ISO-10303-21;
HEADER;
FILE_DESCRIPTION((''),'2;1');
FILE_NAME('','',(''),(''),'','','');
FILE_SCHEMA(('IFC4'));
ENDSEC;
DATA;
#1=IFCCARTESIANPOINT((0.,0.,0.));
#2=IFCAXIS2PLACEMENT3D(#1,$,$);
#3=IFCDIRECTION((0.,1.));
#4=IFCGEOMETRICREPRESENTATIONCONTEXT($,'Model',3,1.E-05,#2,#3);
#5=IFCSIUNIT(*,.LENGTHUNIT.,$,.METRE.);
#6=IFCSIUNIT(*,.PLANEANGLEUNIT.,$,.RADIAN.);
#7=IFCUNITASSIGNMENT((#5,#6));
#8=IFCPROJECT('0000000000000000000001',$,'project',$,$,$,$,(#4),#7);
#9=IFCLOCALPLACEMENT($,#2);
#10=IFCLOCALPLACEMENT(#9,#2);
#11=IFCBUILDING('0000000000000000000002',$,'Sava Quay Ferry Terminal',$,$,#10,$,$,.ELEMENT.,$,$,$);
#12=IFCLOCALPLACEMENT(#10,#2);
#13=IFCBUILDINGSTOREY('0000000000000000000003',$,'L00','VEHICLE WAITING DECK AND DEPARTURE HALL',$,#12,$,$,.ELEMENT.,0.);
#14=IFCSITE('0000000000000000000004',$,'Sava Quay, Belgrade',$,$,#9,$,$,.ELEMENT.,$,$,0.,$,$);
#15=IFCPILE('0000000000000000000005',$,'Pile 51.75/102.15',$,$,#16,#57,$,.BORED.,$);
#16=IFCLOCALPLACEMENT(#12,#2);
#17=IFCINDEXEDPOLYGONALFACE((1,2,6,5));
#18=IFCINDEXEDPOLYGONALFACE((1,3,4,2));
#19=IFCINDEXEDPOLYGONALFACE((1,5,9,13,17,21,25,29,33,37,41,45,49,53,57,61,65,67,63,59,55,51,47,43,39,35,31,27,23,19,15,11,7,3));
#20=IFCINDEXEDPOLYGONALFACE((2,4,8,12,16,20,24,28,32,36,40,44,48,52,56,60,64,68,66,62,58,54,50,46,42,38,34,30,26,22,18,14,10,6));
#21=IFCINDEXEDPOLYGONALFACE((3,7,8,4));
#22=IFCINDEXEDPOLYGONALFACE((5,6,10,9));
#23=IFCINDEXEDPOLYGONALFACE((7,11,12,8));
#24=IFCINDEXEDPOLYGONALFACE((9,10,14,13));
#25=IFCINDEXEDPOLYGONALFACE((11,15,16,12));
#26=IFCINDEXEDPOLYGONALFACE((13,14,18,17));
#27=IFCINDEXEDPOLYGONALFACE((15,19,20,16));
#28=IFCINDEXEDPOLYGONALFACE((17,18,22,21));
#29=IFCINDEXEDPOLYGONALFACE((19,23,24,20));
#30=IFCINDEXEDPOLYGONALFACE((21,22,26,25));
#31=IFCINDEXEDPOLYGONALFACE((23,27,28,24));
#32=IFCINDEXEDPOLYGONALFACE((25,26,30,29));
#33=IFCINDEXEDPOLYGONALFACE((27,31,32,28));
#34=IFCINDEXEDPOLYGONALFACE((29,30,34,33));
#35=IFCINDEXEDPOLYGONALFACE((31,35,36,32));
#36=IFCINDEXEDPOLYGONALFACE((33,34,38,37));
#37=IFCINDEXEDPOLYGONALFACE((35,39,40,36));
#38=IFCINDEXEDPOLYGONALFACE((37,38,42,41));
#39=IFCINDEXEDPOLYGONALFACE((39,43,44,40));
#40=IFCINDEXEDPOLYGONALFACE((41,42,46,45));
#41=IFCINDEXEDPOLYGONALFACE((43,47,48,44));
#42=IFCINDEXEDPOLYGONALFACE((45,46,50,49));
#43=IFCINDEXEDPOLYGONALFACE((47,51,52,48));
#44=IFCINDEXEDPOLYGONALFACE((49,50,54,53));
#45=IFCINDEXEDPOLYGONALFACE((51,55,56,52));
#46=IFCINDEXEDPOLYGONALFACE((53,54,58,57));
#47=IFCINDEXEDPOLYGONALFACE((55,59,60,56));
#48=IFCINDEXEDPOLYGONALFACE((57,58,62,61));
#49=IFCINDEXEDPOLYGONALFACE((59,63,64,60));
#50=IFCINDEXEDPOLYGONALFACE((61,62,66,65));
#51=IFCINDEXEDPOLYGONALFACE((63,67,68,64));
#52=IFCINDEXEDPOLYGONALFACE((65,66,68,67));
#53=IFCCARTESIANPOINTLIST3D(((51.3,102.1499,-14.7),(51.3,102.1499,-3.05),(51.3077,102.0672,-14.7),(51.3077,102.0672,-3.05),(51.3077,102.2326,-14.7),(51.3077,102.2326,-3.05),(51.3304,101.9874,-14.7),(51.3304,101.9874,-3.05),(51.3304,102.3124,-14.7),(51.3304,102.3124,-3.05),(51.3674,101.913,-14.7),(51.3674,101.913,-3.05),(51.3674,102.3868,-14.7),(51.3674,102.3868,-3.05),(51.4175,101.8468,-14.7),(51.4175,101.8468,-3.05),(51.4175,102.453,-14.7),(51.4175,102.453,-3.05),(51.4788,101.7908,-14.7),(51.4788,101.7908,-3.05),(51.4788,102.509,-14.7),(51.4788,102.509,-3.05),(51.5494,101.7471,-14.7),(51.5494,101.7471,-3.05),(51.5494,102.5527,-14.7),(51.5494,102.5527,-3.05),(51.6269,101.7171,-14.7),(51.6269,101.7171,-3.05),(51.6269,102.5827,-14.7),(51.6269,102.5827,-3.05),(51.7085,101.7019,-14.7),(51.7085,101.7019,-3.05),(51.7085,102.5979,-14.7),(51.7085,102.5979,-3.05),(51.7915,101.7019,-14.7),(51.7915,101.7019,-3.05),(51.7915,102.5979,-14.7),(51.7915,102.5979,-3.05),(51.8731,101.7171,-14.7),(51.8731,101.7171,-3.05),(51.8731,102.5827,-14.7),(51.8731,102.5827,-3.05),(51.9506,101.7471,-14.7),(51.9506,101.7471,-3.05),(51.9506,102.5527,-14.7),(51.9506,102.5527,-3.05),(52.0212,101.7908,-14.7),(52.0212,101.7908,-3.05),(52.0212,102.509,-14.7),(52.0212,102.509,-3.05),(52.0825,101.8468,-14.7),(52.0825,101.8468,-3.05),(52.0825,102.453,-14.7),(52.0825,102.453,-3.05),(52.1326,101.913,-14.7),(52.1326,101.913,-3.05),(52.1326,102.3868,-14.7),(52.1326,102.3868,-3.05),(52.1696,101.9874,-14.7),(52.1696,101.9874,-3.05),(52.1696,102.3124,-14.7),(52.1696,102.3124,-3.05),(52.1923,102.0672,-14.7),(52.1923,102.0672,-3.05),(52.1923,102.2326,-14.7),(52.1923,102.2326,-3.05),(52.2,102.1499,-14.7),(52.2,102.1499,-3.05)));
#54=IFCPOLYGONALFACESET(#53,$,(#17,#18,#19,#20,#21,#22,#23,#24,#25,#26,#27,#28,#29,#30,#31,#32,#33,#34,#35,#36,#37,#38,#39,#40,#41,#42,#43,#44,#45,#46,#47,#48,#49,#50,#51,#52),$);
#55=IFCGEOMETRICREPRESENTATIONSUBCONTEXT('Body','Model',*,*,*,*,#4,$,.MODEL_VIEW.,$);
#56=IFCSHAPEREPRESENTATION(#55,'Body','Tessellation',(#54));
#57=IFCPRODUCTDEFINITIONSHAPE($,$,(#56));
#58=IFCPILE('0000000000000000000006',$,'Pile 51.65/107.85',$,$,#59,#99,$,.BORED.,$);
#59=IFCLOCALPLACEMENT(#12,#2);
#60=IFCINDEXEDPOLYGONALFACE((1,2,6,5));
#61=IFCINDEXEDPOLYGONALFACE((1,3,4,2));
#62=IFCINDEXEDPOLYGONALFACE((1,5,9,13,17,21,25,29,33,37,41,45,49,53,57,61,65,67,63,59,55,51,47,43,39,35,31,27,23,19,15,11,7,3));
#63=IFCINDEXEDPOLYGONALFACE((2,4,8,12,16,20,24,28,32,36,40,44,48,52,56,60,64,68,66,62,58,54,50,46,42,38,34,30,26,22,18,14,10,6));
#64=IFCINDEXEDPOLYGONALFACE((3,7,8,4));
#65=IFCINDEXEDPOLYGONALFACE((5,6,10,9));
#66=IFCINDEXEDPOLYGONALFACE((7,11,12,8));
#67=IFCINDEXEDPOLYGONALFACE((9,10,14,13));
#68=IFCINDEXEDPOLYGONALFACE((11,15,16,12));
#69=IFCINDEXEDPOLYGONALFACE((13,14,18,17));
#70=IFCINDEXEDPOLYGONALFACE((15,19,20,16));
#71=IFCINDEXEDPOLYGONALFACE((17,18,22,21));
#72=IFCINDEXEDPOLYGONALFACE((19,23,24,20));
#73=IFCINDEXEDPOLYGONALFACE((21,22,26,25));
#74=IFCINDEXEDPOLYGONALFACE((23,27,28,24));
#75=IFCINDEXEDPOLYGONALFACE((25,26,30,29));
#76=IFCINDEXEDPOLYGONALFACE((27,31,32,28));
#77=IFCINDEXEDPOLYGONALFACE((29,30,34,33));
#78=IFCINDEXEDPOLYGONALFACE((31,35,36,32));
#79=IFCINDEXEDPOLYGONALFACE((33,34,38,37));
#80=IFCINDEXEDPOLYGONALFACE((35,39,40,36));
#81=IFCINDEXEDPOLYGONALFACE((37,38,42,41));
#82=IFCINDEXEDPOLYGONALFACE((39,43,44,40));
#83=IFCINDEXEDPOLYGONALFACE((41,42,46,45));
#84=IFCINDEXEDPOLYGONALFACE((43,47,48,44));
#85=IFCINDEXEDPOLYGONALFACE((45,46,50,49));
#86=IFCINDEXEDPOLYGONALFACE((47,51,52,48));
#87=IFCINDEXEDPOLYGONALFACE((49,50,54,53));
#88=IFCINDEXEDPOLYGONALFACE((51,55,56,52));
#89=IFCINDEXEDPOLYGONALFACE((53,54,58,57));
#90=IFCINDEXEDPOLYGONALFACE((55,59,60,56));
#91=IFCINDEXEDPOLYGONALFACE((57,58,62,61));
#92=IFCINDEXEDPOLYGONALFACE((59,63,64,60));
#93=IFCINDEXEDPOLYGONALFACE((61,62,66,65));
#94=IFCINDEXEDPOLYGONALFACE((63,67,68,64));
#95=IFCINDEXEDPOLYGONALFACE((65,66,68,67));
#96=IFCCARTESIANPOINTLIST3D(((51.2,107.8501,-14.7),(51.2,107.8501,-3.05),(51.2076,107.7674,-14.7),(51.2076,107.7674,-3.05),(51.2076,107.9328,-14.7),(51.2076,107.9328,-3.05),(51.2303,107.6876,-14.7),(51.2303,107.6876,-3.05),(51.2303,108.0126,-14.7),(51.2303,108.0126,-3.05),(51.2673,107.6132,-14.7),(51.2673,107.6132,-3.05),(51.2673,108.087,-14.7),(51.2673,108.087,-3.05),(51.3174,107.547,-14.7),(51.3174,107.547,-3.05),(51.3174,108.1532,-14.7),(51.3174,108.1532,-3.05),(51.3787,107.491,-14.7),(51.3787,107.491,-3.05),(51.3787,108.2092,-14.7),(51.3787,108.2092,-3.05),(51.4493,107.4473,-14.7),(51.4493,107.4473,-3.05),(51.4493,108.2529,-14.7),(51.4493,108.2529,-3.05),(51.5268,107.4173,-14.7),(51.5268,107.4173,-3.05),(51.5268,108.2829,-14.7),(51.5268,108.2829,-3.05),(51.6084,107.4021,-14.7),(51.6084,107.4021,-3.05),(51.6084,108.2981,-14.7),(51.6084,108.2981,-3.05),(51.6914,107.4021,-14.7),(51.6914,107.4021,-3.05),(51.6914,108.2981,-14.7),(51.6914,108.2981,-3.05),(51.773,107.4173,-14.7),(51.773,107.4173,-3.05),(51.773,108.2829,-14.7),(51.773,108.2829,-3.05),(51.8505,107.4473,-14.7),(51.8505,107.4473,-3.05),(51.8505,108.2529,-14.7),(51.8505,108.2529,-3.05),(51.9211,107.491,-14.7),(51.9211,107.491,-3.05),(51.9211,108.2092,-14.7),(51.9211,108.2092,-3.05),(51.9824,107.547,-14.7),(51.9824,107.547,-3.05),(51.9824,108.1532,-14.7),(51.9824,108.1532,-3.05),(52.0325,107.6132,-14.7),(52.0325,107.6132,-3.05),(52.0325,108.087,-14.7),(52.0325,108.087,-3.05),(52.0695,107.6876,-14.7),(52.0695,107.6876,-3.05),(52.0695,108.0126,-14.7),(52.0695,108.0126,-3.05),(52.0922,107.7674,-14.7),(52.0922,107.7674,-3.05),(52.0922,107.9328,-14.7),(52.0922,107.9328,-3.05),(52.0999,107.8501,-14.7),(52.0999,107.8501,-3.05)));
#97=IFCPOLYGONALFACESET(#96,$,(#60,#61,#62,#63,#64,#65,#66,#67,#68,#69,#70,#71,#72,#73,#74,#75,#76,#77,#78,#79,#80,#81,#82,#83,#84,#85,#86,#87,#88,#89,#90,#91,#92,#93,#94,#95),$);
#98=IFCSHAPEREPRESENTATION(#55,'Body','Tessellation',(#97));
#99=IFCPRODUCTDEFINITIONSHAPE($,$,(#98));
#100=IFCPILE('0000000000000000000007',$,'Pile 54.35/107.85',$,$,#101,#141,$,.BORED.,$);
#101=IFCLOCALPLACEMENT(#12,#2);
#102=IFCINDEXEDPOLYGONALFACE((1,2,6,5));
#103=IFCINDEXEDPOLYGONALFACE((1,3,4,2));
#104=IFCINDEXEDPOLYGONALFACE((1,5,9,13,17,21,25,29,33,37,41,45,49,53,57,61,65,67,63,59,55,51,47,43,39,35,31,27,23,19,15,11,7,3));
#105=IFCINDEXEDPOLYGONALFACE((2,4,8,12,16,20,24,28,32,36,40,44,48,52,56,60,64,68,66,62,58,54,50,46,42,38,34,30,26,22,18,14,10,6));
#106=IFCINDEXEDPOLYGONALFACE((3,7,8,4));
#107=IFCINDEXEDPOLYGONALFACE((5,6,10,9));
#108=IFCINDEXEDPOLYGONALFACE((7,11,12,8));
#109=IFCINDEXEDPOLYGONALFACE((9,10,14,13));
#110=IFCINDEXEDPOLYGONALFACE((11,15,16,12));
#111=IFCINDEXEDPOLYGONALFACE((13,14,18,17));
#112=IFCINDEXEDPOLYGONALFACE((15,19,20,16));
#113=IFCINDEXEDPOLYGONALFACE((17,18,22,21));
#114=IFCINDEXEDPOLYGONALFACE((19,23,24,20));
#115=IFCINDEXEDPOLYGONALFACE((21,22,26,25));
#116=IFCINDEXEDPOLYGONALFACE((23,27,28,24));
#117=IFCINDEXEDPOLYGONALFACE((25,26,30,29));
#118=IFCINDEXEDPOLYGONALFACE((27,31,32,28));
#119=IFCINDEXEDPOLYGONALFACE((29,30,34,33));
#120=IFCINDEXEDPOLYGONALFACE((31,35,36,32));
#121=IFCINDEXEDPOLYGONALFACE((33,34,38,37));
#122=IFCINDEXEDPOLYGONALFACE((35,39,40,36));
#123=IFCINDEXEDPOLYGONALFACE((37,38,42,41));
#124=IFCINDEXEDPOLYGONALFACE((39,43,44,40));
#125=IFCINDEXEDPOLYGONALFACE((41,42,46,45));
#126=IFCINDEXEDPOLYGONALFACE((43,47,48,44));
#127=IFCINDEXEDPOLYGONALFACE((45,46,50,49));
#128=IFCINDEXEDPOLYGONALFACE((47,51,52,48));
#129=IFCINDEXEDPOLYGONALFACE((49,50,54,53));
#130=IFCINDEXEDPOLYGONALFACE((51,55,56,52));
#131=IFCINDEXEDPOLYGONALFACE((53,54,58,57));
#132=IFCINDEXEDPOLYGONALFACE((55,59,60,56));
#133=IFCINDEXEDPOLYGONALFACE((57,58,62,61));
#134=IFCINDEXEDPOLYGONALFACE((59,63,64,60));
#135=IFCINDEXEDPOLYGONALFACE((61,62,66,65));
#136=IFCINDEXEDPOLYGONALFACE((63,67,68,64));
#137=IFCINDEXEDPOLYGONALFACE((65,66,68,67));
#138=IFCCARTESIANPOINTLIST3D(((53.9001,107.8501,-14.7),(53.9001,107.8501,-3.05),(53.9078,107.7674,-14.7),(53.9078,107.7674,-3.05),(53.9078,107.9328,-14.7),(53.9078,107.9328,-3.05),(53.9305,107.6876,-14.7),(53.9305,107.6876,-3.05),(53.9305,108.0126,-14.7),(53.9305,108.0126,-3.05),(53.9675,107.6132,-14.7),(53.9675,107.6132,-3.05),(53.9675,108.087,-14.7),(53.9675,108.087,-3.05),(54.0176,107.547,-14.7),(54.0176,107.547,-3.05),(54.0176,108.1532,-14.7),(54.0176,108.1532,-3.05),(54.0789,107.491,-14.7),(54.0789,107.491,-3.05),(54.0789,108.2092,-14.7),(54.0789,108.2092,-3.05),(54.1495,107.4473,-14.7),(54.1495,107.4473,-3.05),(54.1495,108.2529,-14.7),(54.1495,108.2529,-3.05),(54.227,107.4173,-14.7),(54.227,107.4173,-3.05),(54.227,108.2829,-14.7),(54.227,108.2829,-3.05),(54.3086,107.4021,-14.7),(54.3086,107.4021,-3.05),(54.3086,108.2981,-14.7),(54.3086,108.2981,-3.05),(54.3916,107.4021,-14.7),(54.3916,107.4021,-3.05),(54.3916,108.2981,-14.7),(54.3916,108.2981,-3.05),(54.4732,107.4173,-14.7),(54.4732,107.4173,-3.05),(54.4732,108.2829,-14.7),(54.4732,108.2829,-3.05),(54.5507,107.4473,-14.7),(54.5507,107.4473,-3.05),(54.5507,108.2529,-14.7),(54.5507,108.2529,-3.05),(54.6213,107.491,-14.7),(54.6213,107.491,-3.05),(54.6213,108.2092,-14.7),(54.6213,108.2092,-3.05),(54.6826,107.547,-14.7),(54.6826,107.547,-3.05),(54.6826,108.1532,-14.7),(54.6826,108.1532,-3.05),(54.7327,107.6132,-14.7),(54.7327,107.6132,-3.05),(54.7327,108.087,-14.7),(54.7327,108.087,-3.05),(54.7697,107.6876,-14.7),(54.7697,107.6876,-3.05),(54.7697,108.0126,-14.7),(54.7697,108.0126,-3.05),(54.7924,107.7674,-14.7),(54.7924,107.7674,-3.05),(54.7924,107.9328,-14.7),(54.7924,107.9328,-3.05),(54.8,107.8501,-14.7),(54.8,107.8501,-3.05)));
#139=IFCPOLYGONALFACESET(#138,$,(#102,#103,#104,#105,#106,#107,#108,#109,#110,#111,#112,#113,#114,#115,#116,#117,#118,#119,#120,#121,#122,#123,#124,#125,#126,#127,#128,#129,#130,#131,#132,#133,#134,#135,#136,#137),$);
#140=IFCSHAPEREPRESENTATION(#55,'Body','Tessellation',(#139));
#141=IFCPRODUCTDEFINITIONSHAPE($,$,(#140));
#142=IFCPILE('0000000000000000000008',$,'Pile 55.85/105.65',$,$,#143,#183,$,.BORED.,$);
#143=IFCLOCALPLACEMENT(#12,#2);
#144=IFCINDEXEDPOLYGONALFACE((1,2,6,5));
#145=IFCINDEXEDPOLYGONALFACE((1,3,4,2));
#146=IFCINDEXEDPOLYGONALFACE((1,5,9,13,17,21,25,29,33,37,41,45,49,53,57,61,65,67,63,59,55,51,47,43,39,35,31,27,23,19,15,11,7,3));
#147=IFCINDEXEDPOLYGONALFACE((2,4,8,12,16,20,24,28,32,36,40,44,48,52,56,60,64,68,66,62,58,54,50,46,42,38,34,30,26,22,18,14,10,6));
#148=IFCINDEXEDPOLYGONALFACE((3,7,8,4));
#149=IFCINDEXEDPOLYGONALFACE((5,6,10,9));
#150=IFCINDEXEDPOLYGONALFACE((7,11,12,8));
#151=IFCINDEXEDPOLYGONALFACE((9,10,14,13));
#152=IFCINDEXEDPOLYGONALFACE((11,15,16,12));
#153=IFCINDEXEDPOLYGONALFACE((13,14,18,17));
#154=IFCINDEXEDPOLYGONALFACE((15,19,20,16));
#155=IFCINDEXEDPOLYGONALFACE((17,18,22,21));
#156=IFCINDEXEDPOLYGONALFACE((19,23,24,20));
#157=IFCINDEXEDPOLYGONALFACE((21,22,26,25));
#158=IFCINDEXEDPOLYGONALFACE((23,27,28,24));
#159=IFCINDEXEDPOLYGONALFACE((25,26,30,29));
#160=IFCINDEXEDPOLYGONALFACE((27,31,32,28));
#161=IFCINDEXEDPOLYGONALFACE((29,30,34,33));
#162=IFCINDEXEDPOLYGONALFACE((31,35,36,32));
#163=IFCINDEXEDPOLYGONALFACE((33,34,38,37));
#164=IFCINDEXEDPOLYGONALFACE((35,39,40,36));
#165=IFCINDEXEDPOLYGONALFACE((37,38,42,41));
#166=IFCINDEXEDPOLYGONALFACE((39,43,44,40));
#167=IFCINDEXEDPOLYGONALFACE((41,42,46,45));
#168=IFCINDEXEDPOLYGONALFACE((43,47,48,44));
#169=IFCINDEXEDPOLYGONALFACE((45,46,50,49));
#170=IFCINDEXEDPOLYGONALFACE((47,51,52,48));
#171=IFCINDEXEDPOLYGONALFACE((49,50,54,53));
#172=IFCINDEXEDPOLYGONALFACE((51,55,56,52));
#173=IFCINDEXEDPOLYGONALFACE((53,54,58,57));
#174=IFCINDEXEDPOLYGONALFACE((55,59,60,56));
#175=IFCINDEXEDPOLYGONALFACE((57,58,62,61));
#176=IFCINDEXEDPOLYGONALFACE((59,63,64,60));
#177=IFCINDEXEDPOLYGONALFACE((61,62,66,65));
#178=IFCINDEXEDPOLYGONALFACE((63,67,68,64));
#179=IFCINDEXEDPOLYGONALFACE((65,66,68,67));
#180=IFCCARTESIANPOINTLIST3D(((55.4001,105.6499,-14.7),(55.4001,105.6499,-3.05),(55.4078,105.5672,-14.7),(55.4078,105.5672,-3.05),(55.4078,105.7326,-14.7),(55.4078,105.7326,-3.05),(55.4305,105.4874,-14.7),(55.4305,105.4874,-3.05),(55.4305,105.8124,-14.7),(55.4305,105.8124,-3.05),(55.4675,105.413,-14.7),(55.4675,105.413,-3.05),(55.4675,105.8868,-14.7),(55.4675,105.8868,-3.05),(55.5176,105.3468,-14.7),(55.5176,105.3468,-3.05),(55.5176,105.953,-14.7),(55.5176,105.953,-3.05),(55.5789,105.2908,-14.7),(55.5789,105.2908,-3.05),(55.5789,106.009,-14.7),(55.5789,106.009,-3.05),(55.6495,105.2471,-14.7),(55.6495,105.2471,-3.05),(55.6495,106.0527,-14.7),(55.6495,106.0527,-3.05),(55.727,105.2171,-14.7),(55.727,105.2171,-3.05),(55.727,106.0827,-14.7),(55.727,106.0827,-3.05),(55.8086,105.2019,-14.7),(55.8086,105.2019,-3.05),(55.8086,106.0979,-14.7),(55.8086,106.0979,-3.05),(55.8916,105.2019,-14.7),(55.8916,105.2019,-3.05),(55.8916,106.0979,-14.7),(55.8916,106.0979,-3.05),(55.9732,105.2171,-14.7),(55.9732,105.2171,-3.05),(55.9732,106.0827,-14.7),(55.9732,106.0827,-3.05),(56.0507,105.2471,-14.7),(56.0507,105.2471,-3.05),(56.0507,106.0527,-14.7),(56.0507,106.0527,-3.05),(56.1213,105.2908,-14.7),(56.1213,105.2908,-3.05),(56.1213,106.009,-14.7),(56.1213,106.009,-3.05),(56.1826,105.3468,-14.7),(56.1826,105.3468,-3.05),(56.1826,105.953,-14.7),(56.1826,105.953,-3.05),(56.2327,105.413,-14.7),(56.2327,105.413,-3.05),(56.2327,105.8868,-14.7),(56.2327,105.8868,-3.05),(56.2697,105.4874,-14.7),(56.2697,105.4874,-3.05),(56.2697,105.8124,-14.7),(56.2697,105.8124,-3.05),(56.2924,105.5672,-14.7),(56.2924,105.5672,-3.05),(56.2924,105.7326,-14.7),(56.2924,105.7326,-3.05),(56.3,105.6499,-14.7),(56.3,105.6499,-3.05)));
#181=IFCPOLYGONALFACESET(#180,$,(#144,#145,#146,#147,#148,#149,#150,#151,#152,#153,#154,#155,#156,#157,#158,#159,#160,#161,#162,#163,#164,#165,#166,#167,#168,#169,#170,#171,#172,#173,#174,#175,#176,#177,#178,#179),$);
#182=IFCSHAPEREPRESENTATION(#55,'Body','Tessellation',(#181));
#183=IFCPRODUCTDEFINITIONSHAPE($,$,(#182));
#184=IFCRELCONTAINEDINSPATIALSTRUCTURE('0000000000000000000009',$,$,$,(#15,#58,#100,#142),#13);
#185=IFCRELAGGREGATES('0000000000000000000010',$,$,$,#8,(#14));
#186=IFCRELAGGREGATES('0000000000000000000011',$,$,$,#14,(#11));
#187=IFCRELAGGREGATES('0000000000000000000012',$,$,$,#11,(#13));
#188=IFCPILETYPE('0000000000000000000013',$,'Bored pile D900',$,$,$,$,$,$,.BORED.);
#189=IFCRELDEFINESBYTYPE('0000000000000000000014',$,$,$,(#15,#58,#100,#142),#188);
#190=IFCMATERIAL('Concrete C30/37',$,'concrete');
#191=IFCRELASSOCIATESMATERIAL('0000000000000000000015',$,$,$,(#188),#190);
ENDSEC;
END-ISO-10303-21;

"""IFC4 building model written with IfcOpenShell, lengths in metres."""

from ifc_helpers import new_model, si_unit, direction, frame, origin, origin_2d, place, context, subcontext, project, spatial, circle, extrude, material, material_profile, profile_set, type_object, element, save


model = new_model("IFC4")

# Units and contexts
model_context = context("Model", 3, precision=1e-05, world=origin(), true_north=direction((0.0, 1.0)))
body_context = subcontext(model_context, "Body", "Model", "MODEL_VIEW")
ifc_project = project(units=[si_unit("LENGTHUNIT", "METRE"), si_unit("PLANEANGLEUNIT", "RADIAN")], contexts=[model_context])

# Site, building, storey
site_placement = place(None, origin())
site = spatial("IfcSite", under=ifc_project, at=site_placement, Name="Sava Quay, Belgrade", CompositionType="ELEMENT", RefElevation=0.0)
building_placement = place(site_placement, origin())
building = spatial("IfcBuilding", under=site, at=building_placement, Name="Sava Quay Ferry Terminal", CompositionType="ELEMENT")
storey_placement = place(building_placement, origin())
storey = spatial("IfcBuildingStorey", under=building, at=storey_placement, Name="L00", Description="VEHICLE WAITING DECK AND DEPARTURE HALL", CompositionType="ELEMENT", Elevation=0.0)

# Piles
ifc_material_1 = material(Name="Concrete C30/37", Category="concrete")
ifc_material_profile_1 = material_profile(ifc_material_1, circle(Radius=0.45, at=origin_2d()), Name="Bored pile D900")
ifc_profile_set_1 = profile_set([ifc_material_profile_1], Name="Concrete C30/37")
pile_type = type_object("IfcPileType", Name="Bored pile D900", PredefinedType="BORED", material=ifc_profile_set_1)
for number, where, z_axis, x_axis, name in (
    (1, (51.75, 102.1499, -3.05), (0.0, 0.0, -1.0), (1.0, 0.0, 0.0), "Pile 51.75/102.15"),
    (2, (51.6499, 107.8501, -3.05), (0.0, 0.0, -1.0), (1.0, 0.0, 0.0), "Pile 51.65/107.85"),
    (3, (54.3501, 107.8501, -3.05), (0.0, 0.0, -1.0), (1.0, 0.0, 0.0), "Pile 54.35/107.85"),
    (4, (55.8501, 105.6499, -3.05), (0.0, 0.0, -1.0), (1.0, 0.0, 0.0), "Pile 55.85/105.65"),
):
    element("IfcPile", number, at=place(storey_placement, frame(where, z_axis=z_axis, x_axis=x_axis)), inside=storey, type_object=pile_type, Name=name, PredefinedType="BORED", context=body_context, shape_type="SweptSolid", body=[
        extrude(circle(Radius=0.45, at=origin_2d()), origin(), (0.0, 0.0, 1.0), 11.6499),
    ])

save(model, "model.ifc")
